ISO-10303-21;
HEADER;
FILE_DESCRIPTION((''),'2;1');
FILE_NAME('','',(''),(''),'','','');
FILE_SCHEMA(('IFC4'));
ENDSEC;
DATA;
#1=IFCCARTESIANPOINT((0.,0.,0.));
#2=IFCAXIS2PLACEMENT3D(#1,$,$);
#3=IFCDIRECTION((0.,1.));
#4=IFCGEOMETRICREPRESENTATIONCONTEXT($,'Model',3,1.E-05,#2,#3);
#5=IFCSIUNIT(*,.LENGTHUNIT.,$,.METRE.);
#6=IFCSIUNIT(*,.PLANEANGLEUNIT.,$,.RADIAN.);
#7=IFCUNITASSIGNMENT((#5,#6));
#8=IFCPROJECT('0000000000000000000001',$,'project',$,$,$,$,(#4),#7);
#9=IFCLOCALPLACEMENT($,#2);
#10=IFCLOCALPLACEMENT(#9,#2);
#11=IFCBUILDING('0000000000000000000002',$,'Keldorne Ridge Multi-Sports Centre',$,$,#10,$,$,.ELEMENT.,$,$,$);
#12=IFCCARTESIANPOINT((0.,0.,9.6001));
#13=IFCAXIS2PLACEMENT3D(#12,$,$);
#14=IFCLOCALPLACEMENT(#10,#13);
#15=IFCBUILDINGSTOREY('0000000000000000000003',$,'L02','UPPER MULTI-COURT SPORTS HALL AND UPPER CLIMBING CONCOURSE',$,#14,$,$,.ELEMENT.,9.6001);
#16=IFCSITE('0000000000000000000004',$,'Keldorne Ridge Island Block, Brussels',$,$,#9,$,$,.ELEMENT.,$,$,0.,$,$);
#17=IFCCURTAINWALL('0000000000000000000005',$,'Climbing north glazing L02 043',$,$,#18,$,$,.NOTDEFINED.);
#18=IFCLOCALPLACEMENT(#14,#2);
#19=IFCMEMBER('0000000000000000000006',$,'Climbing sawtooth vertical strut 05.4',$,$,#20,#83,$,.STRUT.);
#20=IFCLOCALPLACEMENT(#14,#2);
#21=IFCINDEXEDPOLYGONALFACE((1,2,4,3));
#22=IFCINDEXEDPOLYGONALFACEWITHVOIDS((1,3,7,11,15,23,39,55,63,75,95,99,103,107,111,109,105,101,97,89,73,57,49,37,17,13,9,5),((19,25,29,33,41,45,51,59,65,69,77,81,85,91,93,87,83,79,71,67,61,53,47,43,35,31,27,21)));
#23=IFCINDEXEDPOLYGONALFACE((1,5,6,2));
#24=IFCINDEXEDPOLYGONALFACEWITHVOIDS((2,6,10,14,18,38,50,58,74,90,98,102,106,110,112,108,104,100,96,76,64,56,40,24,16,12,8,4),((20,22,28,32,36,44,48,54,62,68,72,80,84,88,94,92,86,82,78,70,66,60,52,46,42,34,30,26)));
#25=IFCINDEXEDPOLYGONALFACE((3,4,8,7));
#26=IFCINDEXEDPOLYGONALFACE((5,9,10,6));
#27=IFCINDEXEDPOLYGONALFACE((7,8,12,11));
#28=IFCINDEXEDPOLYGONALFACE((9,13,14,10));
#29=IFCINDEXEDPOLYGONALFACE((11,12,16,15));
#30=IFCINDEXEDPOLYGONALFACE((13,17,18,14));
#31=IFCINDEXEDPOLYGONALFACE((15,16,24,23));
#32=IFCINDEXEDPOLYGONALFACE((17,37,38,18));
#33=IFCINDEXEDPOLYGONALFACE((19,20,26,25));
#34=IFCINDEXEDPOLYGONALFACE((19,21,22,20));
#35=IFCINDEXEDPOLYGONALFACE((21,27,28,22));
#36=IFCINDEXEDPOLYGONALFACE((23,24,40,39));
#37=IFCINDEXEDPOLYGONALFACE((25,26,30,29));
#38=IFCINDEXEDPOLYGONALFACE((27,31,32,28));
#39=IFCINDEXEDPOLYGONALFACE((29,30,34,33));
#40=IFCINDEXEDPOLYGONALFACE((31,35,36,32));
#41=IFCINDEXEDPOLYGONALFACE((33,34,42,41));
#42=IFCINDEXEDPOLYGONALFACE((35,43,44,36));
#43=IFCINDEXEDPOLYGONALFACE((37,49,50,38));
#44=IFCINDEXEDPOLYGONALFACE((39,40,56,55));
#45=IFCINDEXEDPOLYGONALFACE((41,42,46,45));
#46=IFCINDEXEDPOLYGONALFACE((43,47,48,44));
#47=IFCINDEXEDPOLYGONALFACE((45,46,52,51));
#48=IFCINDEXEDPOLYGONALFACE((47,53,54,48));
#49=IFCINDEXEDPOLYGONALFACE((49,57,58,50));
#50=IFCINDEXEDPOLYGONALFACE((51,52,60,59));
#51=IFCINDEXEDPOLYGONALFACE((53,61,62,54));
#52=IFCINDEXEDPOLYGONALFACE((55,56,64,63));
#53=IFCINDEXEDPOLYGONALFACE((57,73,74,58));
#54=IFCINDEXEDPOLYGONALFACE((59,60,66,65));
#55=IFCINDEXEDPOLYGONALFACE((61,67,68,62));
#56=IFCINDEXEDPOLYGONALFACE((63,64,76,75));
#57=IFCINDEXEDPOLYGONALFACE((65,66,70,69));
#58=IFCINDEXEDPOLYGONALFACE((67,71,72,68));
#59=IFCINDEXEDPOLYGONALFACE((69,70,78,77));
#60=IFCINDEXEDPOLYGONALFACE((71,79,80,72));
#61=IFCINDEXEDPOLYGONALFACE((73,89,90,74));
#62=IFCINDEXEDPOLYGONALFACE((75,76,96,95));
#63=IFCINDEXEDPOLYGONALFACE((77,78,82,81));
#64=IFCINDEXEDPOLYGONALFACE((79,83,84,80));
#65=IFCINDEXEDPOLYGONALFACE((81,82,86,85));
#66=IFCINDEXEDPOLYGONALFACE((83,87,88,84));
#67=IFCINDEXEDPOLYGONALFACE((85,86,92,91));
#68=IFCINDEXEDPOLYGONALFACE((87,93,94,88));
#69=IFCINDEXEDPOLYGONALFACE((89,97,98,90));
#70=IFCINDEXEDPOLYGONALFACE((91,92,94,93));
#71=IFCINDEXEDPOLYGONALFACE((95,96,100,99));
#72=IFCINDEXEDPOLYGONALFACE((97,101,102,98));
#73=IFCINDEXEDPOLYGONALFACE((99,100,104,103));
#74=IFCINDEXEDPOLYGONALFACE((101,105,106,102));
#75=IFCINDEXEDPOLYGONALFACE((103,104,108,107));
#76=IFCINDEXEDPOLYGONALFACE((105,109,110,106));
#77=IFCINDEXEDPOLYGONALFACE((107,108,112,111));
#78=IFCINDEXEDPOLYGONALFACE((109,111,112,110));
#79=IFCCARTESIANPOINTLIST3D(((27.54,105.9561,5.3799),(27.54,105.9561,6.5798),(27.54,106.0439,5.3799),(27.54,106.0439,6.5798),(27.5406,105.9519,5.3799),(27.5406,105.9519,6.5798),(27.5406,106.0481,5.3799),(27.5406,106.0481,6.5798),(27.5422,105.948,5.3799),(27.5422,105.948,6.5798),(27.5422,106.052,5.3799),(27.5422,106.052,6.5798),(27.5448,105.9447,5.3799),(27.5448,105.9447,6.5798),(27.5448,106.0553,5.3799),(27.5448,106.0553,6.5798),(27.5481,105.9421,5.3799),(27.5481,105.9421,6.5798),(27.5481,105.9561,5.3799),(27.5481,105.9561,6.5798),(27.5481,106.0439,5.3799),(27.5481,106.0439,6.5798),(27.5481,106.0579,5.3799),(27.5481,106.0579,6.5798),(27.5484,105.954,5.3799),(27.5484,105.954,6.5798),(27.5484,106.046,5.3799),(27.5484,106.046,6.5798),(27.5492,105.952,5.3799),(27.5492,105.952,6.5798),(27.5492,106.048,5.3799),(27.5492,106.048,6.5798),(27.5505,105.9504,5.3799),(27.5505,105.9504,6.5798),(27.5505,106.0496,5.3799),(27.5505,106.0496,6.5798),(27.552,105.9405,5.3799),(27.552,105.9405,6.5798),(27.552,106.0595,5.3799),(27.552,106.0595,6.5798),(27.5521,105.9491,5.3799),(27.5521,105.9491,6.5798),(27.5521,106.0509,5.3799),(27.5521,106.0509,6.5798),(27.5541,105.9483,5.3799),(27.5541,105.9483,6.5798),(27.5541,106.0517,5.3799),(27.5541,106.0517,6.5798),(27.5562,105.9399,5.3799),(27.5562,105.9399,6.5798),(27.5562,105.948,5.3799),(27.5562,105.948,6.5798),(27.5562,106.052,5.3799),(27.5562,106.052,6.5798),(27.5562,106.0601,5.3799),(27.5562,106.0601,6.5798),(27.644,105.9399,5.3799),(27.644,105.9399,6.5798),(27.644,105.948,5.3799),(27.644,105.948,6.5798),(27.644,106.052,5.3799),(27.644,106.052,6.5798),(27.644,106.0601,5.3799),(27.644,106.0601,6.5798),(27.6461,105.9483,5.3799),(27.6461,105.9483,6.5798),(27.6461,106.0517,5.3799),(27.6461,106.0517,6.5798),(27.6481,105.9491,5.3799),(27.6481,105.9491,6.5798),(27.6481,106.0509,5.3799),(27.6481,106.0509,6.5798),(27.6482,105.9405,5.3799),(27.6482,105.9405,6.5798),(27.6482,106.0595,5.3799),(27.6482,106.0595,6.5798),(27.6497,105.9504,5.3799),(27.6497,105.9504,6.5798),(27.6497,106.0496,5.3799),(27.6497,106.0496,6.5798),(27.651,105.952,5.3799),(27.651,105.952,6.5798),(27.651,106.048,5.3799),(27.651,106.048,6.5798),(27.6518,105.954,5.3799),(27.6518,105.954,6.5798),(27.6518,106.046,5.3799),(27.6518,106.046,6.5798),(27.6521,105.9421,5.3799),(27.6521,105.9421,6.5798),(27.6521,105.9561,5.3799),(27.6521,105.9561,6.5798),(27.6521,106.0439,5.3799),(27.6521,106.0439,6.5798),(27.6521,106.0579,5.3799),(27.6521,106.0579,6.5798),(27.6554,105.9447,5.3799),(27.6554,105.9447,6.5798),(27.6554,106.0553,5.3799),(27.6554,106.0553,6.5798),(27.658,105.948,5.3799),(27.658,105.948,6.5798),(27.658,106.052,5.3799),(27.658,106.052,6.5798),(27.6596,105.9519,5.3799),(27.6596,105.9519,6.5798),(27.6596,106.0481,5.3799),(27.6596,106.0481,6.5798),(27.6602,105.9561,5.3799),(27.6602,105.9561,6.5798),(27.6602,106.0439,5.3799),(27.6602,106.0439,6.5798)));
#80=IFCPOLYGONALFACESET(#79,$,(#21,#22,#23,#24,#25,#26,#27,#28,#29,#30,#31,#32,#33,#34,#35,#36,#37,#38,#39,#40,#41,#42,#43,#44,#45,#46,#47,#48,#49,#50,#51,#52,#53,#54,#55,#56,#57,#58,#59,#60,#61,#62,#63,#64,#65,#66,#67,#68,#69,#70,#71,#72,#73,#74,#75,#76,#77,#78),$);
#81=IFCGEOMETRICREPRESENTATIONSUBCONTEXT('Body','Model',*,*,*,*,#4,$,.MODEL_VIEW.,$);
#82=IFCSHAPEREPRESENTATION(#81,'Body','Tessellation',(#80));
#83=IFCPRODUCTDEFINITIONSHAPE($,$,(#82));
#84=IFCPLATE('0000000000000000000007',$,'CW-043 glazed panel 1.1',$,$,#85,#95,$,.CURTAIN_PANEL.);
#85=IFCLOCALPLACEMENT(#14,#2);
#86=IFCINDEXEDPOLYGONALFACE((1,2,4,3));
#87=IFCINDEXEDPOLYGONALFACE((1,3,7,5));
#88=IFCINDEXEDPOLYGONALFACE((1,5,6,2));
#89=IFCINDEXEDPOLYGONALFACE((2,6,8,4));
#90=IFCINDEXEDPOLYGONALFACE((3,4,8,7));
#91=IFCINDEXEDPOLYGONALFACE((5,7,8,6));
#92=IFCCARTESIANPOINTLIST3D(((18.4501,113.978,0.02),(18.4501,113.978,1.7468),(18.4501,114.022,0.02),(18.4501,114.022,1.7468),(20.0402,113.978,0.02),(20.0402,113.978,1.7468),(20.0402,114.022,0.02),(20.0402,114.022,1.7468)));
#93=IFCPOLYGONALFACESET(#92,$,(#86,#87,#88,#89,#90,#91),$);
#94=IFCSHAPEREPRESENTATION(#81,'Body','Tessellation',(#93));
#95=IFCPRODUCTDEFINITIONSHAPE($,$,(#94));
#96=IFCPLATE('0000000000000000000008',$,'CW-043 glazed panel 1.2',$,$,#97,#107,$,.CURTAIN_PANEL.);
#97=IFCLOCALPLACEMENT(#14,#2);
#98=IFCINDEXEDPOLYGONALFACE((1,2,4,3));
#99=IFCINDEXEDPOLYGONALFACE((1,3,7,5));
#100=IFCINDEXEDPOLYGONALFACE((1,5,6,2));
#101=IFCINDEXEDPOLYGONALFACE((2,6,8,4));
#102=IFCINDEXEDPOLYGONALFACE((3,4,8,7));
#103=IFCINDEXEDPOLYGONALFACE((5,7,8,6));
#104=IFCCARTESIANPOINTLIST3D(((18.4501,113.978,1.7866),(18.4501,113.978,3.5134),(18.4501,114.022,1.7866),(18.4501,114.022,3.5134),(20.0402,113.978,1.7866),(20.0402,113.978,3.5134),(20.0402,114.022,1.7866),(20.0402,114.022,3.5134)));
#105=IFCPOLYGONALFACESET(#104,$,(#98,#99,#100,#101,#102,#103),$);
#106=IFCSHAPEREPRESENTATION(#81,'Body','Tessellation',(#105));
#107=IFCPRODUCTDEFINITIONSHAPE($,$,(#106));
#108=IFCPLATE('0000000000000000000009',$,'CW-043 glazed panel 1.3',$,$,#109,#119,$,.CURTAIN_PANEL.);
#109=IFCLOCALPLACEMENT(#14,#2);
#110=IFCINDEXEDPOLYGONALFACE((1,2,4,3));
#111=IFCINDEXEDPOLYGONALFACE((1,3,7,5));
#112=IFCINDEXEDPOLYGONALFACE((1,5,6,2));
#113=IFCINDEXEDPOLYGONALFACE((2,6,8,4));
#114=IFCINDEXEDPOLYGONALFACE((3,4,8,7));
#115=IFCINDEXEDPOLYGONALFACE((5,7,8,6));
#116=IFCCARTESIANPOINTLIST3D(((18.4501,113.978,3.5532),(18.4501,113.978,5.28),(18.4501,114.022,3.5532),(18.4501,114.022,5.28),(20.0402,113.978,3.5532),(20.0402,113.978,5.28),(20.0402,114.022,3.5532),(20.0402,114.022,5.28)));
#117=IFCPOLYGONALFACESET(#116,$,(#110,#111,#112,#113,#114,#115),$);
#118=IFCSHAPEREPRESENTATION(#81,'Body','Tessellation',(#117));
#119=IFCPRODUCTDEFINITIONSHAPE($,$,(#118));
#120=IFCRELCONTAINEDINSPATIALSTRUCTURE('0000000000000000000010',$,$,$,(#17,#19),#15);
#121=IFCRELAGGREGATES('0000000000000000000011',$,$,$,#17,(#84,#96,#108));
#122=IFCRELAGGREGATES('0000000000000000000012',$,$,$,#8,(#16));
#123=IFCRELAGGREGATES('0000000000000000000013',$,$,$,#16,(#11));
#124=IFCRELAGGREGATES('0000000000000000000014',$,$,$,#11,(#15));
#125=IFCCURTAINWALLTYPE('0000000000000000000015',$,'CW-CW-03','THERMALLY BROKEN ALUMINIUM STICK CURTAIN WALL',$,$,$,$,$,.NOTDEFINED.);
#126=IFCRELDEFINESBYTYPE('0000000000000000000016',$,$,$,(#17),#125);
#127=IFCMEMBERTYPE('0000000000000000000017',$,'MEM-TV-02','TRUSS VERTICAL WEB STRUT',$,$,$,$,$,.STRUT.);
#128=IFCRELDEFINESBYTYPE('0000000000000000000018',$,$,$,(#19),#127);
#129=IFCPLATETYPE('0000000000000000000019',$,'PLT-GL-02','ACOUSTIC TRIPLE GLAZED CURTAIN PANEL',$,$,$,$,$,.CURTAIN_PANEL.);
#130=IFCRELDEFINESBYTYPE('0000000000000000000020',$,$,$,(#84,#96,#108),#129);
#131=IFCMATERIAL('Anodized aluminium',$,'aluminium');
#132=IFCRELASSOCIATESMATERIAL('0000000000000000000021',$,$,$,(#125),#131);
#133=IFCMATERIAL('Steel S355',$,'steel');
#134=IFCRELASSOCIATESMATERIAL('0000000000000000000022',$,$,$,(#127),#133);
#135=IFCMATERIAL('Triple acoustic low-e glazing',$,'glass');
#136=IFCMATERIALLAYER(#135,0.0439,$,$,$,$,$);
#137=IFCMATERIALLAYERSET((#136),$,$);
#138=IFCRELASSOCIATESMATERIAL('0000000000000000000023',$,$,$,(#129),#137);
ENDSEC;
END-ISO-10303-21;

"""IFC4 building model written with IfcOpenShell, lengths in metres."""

from ifc_helpers import new_model, si_unit, direction, frame, origin, origin_2d, place, context, subcontext, project, spatial, rectangle, hollow_rectangle, extrude, material, layer, layer_set, material_profile, profile_set, type_object, element, aggregate, save


model = new_model("IFC4")

# Units and contexts
model_context = context("Model", 3, precision=1e-05, world=origin(), true_north=direction((0.0, 1.0)))
body_context = subcontext(model_context, "Body", "Model", "MODEL_VIEW")
ifc_project = project(units=[si_unit("LENGTHUNIT", "METRE"), si_unit("PLANEANGLEUNIT", "RADIAN")], contexts=[model_context])

# Site, building, storey
site_placement = place(None, origin())
site = spatial("IfcSite", under=ifc_project, at=site_placement, Name="Keldorne Ridge Island Block, Brussels", CompositionType="ELEMENT", RefElevation=0.0)
building_placement = place(site_placement, origin())
building = spatial("IfcBuilding", under=site, at=building_placement, Name="Keldorne Ridge Multi-Sports Centre", CompositionType="ELEMENT")
storey_placement = place(building_placement, frame((0.0, 0.0, 9.6001)))
storey = spatial("IfcBuildingStorey", under=building, at=storey_placement, Name="L02", Description="UPPER MULTI-COURT SPORTS HALL AND UPPER CLIMBING CONCOURSE", CompositionType="ELEMENT", Elevation=9.6001)

# Shared definitions
ifc_material_1 = material(Name="Steel S355", Category="steel")

# Curtain wall
ifc_material_2 = material(Name="Anodized aluminium", Category="aluminium")
curtain_wall_type = type_object("IfcCurtainWallType", Name="CW-CW-03", Description="THERMALLY BROKEN ALUMINIUM STICK CURTAIN WALL", PredefinedType="NOTDEFINED", material=ifc_material_2)
curtain_wall_placement = place(storey_placement, origin())
curtain_wall = element("IfcCurtainWall", 1, at=curtain_wall_placement, inside=storey, type_object=curtain_wall_type, Name="Climbing north glazing L02 043", PredefinedType="NOTDEFINED")

# Member
ifc_material_profile_1 = material_profile(ifc_material_1, hollow_rectangle(XDim=0.1201, YDim=0.1201, WallThickness=0.0081, InnerFilletRadius=0.0081, OuterFilletRadius=0.0161, at=origin_2d()), Name="SHS 120x120x8")
ifc_profile_set_1 = profile_set([ifc_material_profile_1], Name="Steel S355")
member_type_1 = type_object("IfcMemberType", Name="MEM-TV-02", Description="TRUSS VERTICAL WEB STRUT", PredefinedType="STRUT", material=ifc_profile_set_1)
member_1_placement = place(storey_placement, frame((27.6001, 106.0, 5.3799), z_axis=(0.0, 0.0, 1.0), x_axis=(1.0, 0.0, 0.0)))
element("IfcMember", 2, at=member_1_placement, inside=storey, type_object=member_type_1, Name="Climbing sawtooth vertical strut 05.4", PredefinedType="STRUT", context=body_context, shape_type="SweptSolid", body=[
    extrude(hollow_rectangle(XDim=0.1201, YDim=0.1201, WallThickness=0.0081, InnerFilletRadius=0.0081, OuterFilletRadius=0.0161, at=origin_2d()), origin(), (0.0, 0.0, 1.0), 1.2),
])

# Plates
ifc_material_3 = material(Name="Triple acoustic low-e glazing", Category="glass")
ifc_layer = layer(ifc_material_3, 0.0439)
ifc_layer_set = layer_set([ifc_layer])
plate_type = type_object("IfcPlateType", Name="PLT-GL-02", Description="ACOUSTIC TRIPLE GLAZED CURTAIN PANEL", PredefinedType="CURTAIN_PANEL", material=ifc_layer_set)
plate_1_placement = place(storey_placement, frame((19.2451, 114.0, 0.02), z_axis=(0.0, 0.0, 1.0), x_axis=(-1.0, 0.0, 0.0)))
plate_1 = element("IfcPlate", 3, at=plate_1_placement, type_object=plate_type, Name="CW-043 glazed panel 1.1", PredefinedType="CURTAIN_PANEL", context=body_context, shape_type="SweptSolid", body=[
    extrude(rectangle(XDim=1.5901, YDim=0.0439, at=origin_2d()), origin(), (0.0, 0.0, 1.0), 1.7268),
])
plate_2_placement = place(storey_placement, frame((19.2451, 114.0, 1.7866), z_axis=(0.0, 0.0, 1.0), x_axis=(-1.0, 0.0, 0.0)))
plate_2 = element("IfcPlate", 4, at=plate_2_placement, type_object=plate_type, Name="CW-043 glazed panel 1.2", PredefinedType="CURTAIN_PANEL", context=body_context, shape_type="SweptSolid", body=[
    extrude(rectangle(XDim=1.5901, YDim=0.0439, at=origin_2d()), origin(), (0.0, 0.0, 1.0), 1.7268),
])
plate_3_placement = place(storey_placement, frame((19.2451, 114.0, 3.5532), z_axis=(0.0, 0.0, 1.0), x_axis=(-1.0, 0.0, 0.0)))
plate_3 = element("IfcPlate", 5, at=plate_3_placement, type_object=plate_type, Name="CW-043 glazed panel 1.3", PredefinedType="CURTAIN_PANEL", context=body_context, shape_type="SweptSolid", body=[
    extrude(rectangle(XDim=1.5901, YDim=0.0439, at=origin_2d()), origin(), (0.0, 0.0, 1.0), 1.7268),
])
aggregate(curtain_wall, [plate_1, plate_2, plate_3])

save(model, "model.ifc")
